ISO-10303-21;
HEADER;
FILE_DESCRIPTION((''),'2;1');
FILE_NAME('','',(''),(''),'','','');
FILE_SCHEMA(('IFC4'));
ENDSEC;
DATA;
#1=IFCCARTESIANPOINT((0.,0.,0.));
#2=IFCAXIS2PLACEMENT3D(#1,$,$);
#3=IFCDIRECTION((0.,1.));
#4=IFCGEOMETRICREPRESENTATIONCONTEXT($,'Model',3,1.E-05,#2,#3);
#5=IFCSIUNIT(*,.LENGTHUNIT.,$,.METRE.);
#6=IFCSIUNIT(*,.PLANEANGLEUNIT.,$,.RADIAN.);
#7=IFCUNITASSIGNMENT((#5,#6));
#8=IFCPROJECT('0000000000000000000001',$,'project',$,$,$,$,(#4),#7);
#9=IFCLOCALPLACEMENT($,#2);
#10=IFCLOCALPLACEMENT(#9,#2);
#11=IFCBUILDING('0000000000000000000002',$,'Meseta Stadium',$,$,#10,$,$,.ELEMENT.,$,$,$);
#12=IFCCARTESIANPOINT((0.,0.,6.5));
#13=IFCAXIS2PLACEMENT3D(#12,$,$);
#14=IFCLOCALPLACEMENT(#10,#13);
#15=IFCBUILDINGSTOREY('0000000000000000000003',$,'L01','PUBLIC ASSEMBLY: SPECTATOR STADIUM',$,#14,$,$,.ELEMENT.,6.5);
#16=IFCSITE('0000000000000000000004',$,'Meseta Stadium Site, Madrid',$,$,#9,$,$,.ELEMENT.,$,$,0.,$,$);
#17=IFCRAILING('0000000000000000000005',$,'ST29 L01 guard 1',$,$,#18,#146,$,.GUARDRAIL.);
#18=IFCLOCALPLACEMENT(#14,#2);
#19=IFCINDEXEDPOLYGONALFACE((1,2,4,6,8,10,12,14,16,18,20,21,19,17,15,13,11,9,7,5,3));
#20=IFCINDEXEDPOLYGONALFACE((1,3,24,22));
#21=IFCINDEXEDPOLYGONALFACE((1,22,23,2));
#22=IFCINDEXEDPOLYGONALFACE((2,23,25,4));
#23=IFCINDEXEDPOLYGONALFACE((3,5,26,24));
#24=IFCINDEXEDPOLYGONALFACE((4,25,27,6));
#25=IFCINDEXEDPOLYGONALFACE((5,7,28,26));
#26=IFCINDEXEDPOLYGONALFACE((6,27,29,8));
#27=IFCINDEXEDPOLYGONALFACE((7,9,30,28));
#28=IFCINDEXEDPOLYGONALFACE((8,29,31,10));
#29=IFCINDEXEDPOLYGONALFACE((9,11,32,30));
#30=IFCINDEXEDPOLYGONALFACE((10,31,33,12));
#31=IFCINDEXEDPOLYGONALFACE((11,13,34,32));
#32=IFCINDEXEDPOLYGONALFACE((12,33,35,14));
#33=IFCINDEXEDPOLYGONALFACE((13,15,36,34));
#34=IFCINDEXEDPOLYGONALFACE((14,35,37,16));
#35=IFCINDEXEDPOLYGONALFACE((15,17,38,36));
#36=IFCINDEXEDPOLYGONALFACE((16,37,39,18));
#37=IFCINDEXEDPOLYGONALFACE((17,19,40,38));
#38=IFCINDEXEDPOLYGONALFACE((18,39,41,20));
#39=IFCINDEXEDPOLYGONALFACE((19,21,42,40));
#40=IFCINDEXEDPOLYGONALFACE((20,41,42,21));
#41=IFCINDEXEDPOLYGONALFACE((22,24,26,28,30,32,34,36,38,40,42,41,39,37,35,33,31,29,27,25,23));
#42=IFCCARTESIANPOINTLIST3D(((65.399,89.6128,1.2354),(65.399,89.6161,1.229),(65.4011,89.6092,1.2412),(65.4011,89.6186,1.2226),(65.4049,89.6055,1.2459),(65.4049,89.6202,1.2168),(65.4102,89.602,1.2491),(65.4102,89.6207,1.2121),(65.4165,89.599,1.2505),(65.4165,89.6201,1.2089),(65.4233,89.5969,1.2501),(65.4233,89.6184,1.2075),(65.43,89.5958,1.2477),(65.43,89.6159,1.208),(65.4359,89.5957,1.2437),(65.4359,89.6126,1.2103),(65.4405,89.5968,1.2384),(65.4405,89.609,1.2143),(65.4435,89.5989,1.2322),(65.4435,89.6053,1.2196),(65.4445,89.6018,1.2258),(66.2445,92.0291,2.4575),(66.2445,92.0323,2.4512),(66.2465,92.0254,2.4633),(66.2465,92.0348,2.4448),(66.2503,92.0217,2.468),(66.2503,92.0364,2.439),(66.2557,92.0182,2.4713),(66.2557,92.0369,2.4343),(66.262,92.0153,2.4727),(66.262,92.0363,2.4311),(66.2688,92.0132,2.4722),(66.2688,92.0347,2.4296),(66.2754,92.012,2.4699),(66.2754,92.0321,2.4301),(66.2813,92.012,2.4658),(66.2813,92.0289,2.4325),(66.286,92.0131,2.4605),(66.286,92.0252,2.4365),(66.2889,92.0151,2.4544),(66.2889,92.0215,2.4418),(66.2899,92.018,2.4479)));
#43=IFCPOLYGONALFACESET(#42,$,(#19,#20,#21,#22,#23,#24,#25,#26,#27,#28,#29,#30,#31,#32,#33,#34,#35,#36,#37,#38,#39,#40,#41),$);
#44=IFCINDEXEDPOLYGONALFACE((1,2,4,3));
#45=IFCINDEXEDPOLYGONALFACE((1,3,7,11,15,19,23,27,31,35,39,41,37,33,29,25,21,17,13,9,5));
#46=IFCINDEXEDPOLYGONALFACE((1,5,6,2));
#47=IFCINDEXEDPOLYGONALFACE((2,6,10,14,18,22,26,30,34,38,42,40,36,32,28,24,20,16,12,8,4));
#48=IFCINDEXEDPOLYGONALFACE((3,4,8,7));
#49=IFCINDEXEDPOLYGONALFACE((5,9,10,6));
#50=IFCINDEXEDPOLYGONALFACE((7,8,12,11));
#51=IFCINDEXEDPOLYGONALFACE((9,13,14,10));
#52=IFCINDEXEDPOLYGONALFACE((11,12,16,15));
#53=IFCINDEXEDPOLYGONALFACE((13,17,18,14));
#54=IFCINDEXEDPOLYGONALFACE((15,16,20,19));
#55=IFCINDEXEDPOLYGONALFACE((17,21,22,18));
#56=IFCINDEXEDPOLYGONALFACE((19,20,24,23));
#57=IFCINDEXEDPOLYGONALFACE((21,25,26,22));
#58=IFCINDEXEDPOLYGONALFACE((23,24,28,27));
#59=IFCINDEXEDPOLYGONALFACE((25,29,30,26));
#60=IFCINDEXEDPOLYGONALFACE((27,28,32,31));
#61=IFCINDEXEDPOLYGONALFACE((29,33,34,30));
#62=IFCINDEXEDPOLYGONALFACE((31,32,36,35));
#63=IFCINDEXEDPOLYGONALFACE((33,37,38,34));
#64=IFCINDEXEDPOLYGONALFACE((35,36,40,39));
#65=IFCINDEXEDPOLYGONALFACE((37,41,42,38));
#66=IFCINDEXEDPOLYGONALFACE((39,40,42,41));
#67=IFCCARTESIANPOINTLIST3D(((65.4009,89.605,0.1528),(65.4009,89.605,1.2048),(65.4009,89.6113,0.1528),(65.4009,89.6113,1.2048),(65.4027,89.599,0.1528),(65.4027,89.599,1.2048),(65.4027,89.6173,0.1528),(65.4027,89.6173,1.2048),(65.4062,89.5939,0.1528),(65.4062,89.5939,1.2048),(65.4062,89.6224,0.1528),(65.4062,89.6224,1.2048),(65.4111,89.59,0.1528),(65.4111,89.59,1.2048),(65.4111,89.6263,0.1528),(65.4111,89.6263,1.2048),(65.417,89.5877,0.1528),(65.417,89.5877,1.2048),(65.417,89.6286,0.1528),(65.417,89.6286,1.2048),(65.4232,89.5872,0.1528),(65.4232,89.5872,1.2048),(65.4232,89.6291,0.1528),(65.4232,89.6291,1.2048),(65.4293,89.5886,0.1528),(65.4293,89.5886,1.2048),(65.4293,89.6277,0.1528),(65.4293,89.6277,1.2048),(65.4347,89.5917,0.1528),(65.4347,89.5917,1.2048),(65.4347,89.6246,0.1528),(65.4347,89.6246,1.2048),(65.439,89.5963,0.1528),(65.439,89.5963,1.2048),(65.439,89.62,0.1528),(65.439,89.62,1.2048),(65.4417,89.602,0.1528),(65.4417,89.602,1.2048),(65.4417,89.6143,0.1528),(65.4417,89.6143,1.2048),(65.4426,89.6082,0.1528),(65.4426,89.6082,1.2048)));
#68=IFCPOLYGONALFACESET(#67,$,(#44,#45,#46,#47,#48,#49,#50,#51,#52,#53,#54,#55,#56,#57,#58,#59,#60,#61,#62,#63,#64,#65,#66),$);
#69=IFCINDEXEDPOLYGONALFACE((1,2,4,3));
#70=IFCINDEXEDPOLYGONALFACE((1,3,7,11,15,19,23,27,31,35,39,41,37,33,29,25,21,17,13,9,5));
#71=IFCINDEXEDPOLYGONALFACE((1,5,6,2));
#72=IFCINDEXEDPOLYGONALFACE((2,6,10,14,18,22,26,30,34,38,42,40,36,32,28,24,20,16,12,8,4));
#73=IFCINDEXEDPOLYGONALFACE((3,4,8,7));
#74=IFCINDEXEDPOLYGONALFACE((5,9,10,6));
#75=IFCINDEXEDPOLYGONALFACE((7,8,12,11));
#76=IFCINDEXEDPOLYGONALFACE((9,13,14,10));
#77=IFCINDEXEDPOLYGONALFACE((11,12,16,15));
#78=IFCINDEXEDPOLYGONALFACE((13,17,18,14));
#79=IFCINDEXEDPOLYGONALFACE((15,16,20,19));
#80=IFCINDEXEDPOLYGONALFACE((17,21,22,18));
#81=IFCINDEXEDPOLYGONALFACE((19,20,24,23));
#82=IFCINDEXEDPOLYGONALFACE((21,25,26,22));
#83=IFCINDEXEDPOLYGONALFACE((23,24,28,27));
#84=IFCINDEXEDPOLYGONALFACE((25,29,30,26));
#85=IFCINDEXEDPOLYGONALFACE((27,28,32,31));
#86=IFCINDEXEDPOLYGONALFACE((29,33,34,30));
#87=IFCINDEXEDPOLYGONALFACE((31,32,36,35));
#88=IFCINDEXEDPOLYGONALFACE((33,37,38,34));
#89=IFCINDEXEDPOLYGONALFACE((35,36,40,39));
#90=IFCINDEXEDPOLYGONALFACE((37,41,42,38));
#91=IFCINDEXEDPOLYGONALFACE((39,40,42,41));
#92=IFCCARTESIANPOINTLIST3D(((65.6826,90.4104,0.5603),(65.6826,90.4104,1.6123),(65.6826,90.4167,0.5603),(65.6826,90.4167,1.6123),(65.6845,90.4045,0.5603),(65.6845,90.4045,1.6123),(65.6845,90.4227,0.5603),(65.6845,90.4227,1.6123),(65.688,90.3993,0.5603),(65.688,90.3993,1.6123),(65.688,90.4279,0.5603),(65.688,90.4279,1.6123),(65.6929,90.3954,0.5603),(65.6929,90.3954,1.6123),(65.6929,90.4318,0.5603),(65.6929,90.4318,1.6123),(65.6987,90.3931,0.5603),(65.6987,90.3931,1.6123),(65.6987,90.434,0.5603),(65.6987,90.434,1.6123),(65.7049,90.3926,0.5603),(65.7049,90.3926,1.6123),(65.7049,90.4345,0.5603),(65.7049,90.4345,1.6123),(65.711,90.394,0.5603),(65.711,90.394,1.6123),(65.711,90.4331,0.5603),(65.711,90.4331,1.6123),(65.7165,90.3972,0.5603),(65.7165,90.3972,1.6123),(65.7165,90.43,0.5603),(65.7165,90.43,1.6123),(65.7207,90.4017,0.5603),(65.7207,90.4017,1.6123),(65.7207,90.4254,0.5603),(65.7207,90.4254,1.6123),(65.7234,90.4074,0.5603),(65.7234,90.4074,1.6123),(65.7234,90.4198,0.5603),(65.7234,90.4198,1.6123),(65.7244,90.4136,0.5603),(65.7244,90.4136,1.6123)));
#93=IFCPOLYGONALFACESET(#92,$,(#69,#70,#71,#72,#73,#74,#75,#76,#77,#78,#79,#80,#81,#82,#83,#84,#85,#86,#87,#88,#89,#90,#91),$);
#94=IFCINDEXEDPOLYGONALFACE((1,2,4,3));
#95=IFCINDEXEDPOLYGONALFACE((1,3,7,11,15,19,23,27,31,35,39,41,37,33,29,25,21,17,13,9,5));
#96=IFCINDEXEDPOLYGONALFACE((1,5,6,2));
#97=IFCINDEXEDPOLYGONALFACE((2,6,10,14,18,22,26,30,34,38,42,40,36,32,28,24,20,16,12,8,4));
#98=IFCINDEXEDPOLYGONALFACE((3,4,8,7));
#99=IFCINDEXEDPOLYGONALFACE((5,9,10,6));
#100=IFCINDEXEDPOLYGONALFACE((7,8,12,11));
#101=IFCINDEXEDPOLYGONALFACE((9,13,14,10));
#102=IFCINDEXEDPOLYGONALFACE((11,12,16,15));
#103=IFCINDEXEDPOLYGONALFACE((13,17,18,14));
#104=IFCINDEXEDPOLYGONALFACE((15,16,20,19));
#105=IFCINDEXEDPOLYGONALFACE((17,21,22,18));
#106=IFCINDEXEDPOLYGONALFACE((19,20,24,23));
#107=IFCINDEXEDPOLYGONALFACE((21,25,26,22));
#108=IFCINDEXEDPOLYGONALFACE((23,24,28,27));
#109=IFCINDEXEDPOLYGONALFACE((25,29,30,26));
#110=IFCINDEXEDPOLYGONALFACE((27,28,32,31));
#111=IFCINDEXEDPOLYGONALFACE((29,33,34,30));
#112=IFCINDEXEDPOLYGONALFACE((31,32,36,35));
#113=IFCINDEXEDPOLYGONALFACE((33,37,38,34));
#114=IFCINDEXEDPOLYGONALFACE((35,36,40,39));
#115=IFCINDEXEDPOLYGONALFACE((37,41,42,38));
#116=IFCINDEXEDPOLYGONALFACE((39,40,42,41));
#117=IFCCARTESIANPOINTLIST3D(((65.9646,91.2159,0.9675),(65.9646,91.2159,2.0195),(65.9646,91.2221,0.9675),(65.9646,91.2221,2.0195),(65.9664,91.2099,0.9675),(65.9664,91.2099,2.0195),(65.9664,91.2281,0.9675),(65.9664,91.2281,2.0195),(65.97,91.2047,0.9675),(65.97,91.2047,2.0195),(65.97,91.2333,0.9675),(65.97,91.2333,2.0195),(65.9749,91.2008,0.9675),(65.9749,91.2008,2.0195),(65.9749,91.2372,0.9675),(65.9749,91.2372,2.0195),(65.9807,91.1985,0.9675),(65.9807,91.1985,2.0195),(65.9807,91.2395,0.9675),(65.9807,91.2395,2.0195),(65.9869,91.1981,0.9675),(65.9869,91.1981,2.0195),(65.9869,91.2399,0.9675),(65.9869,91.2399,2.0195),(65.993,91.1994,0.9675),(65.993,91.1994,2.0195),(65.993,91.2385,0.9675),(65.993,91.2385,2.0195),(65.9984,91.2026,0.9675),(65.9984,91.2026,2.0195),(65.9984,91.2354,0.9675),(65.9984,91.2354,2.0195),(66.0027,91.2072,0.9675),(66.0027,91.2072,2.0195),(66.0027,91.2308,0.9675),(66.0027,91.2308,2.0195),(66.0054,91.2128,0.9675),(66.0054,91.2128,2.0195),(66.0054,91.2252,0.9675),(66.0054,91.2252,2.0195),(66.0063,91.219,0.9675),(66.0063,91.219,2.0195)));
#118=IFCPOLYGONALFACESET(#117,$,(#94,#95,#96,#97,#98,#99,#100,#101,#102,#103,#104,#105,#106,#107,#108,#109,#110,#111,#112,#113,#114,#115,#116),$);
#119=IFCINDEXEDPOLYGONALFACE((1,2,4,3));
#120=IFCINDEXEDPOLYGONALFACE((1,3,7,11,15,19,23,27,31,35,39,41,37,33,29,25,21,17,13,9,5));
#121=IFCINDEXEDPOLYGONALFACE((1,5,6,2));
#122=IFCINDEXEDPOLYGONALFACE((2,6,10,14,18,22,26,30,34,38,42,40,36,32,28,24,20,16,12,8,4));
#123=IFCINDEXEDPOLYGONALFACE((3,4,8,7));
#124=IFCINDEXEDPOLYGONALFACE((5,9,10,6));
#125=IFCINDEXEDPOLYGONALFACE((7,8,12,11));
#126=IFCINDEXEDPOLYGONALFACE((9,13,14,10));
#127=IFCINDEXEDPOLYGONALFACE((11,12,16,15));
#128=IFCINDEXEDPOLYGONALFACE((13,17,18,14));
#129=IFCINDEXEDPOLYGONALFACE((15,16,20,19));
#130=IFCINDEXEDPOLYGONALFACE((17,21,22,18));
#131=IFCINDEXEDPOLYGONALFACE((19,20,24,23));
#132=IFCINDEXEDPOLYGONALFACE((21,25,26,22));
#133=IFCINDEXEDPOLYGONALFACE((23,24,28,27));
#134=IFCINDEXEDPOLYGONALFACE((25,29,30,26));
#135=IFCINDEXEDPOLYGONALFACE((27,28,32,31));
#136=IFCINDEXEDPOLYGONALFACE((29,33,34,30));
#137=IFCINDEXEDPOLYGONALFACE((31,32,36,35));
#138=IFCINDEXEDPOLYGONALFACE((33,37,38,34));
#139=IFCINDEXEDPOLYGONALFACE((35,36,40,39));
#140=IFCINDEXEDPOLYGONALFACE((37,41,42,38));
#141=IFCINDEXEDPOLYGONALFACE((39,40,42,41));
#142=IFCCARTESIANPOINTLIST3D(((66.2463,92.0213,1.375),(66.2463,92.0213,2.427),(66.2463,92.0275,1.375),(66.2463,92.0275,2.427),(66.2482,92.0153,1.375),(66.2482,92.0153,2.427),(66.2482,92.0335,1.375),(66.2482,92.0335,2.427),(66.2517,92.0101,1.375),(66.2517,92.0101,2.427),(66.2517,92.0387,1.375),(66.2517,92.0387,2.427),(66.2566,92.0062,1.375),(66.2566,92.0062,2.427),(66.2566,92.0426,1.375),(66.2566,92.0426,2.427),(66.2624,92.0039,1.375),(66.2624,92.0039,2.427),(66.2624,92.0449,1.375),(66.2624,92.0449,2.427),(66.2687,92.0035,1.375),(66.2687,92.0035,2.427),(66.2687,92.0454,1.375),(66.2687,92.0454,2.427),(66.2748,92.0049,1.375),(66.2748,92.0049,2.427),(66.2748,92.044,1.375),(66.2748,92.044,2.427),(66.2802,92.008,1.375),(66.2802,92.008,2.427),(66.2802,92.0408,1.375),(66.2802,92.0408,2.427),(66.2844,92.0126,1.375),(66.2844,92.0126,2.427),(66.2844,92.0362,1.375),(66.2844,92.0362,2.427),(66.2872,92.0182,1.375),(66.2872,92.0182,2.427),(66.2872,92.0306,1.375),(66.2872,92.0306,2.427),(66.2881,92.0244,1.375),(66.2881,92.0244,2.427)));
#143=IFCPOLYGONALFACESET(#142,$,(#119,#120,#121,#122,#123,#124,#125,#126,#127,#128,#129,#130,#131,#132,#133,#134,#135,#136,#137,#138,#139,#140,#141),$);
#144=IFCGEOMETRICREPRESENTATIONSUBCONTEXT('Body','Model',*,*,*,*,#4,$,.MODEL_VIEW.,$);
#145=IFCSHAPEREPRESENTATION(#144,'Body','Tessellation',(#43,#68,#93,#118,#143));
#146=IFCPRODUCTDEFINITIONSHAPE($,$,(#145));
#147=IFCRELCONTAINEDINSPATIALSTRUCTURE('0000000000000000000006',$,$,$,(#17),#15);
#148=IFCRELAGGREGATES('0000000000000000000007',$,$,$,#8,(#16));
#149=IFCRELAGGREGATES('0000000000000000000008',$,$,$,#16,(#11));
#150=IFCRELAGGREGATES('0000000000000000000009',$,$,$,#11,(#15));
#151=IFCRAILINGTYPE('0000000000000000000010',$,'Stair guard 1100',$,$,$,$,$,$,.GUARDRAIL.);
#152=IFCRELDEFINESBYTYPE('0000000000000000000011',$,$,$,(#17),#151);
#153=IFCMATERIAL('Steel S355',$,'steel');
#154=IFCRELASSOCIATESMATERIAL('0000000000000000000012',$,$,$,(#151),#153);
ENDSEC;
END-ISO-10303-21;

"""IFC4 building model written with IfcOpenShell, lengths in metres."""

from ifc_helpers import new_model, si_unit, direction, frame, origin, origin_2d, place, context, subcontext, project, spatial, circle, extrude, material, type_object, element, save


model = new_model("IFC4")

# Units and contexts
model_context = context("Model", 3, precision=1e-05, world=origin(), true_north=direction((0.0, 1.0)))
body_context = subcontext(model_context, "Body", "Model", "MODEL_VIEW")
ifc_project = project(units=[si_unit("LENGTHUNIT", "METRE"), si_unit("PLANEANGLEUNIT", "RADIAN")], contexts=[model_context])

# Site, building, storey
site_placement = place(None, origin())
site = spatial("IfcSite", under=ifc_project, at=site_placement, Name="Meseta Stadium Site, Madrid", CompositionType="ELEMENT", RefElevation=0.0)
building_placement = place(site_placement, origin())
building = spatial("IfcBuilding", under=site, at=building_placement, Name="Meseta Stadium", CompositionType="ELEMENT")
storey_placement = place(building_placement, frame((0.0, 0.0, 6.5)))
storey = spatial("IfcBuildingStorey", under=building, at=storey_placement, Name="L01", Description="PUBLIC ASSEMBLY: SPECTATOR STADIUM", CompositionType="ELEMENT", Elevation=6.5)

# Railing
ifc_material_1 = material(Name="Steel S355", Category="steel")
railing_type_1 = type_object("IfcRailingType", Name="Stair guard 1100", PredefinedType="GUARDRAIL", material=ifc_material_1)
railing_1_placement = place(storey_placement, frame((65.4216, 89.6082, 0.1528)))
element("IfcRailing", 1, at=railing_1_placement, inside=storey, type_object=railing_type_1, Name="ST29 L01 guard 1", PredefinedType="GUARDRAIL", context=body_context, shape_type="SweptSolid", body=[
    extrude(circle(Radius=0.0239, at=origin_2d()), frame((0.0, 0.0, 1.0762), z_axis=(0.298044, 0.851789, 0.430843), x_axis=(-0.943887, 0.33027, 0.0)), (0.0, 0.0, 1.0), 2.8367),
    extrude(circle(Radius=0.021, at=origin_2d()), origin(), (0.0, 0.0, 1.0), 1.052),
    extrude(circle(Radius=0.021, at=origin_2d()), frame((0.2817, 0.8054, 0.4075)), (0.0, 0.0, 1.0), 1.052),
    extrude(circle(Radius=0.021, at=origin_2d()), frame((0.5637, 1.6108, 0.8147)), (0.0, 0.0, 1.0), 1.052),
    extrude(circle(Radius=0.021, at=origin_2d()), frame((0.8455, 2.4163, 1.2222)), (0.0, 0.0, 1.0), 1.052),
])

save(model, "model.ifc")
